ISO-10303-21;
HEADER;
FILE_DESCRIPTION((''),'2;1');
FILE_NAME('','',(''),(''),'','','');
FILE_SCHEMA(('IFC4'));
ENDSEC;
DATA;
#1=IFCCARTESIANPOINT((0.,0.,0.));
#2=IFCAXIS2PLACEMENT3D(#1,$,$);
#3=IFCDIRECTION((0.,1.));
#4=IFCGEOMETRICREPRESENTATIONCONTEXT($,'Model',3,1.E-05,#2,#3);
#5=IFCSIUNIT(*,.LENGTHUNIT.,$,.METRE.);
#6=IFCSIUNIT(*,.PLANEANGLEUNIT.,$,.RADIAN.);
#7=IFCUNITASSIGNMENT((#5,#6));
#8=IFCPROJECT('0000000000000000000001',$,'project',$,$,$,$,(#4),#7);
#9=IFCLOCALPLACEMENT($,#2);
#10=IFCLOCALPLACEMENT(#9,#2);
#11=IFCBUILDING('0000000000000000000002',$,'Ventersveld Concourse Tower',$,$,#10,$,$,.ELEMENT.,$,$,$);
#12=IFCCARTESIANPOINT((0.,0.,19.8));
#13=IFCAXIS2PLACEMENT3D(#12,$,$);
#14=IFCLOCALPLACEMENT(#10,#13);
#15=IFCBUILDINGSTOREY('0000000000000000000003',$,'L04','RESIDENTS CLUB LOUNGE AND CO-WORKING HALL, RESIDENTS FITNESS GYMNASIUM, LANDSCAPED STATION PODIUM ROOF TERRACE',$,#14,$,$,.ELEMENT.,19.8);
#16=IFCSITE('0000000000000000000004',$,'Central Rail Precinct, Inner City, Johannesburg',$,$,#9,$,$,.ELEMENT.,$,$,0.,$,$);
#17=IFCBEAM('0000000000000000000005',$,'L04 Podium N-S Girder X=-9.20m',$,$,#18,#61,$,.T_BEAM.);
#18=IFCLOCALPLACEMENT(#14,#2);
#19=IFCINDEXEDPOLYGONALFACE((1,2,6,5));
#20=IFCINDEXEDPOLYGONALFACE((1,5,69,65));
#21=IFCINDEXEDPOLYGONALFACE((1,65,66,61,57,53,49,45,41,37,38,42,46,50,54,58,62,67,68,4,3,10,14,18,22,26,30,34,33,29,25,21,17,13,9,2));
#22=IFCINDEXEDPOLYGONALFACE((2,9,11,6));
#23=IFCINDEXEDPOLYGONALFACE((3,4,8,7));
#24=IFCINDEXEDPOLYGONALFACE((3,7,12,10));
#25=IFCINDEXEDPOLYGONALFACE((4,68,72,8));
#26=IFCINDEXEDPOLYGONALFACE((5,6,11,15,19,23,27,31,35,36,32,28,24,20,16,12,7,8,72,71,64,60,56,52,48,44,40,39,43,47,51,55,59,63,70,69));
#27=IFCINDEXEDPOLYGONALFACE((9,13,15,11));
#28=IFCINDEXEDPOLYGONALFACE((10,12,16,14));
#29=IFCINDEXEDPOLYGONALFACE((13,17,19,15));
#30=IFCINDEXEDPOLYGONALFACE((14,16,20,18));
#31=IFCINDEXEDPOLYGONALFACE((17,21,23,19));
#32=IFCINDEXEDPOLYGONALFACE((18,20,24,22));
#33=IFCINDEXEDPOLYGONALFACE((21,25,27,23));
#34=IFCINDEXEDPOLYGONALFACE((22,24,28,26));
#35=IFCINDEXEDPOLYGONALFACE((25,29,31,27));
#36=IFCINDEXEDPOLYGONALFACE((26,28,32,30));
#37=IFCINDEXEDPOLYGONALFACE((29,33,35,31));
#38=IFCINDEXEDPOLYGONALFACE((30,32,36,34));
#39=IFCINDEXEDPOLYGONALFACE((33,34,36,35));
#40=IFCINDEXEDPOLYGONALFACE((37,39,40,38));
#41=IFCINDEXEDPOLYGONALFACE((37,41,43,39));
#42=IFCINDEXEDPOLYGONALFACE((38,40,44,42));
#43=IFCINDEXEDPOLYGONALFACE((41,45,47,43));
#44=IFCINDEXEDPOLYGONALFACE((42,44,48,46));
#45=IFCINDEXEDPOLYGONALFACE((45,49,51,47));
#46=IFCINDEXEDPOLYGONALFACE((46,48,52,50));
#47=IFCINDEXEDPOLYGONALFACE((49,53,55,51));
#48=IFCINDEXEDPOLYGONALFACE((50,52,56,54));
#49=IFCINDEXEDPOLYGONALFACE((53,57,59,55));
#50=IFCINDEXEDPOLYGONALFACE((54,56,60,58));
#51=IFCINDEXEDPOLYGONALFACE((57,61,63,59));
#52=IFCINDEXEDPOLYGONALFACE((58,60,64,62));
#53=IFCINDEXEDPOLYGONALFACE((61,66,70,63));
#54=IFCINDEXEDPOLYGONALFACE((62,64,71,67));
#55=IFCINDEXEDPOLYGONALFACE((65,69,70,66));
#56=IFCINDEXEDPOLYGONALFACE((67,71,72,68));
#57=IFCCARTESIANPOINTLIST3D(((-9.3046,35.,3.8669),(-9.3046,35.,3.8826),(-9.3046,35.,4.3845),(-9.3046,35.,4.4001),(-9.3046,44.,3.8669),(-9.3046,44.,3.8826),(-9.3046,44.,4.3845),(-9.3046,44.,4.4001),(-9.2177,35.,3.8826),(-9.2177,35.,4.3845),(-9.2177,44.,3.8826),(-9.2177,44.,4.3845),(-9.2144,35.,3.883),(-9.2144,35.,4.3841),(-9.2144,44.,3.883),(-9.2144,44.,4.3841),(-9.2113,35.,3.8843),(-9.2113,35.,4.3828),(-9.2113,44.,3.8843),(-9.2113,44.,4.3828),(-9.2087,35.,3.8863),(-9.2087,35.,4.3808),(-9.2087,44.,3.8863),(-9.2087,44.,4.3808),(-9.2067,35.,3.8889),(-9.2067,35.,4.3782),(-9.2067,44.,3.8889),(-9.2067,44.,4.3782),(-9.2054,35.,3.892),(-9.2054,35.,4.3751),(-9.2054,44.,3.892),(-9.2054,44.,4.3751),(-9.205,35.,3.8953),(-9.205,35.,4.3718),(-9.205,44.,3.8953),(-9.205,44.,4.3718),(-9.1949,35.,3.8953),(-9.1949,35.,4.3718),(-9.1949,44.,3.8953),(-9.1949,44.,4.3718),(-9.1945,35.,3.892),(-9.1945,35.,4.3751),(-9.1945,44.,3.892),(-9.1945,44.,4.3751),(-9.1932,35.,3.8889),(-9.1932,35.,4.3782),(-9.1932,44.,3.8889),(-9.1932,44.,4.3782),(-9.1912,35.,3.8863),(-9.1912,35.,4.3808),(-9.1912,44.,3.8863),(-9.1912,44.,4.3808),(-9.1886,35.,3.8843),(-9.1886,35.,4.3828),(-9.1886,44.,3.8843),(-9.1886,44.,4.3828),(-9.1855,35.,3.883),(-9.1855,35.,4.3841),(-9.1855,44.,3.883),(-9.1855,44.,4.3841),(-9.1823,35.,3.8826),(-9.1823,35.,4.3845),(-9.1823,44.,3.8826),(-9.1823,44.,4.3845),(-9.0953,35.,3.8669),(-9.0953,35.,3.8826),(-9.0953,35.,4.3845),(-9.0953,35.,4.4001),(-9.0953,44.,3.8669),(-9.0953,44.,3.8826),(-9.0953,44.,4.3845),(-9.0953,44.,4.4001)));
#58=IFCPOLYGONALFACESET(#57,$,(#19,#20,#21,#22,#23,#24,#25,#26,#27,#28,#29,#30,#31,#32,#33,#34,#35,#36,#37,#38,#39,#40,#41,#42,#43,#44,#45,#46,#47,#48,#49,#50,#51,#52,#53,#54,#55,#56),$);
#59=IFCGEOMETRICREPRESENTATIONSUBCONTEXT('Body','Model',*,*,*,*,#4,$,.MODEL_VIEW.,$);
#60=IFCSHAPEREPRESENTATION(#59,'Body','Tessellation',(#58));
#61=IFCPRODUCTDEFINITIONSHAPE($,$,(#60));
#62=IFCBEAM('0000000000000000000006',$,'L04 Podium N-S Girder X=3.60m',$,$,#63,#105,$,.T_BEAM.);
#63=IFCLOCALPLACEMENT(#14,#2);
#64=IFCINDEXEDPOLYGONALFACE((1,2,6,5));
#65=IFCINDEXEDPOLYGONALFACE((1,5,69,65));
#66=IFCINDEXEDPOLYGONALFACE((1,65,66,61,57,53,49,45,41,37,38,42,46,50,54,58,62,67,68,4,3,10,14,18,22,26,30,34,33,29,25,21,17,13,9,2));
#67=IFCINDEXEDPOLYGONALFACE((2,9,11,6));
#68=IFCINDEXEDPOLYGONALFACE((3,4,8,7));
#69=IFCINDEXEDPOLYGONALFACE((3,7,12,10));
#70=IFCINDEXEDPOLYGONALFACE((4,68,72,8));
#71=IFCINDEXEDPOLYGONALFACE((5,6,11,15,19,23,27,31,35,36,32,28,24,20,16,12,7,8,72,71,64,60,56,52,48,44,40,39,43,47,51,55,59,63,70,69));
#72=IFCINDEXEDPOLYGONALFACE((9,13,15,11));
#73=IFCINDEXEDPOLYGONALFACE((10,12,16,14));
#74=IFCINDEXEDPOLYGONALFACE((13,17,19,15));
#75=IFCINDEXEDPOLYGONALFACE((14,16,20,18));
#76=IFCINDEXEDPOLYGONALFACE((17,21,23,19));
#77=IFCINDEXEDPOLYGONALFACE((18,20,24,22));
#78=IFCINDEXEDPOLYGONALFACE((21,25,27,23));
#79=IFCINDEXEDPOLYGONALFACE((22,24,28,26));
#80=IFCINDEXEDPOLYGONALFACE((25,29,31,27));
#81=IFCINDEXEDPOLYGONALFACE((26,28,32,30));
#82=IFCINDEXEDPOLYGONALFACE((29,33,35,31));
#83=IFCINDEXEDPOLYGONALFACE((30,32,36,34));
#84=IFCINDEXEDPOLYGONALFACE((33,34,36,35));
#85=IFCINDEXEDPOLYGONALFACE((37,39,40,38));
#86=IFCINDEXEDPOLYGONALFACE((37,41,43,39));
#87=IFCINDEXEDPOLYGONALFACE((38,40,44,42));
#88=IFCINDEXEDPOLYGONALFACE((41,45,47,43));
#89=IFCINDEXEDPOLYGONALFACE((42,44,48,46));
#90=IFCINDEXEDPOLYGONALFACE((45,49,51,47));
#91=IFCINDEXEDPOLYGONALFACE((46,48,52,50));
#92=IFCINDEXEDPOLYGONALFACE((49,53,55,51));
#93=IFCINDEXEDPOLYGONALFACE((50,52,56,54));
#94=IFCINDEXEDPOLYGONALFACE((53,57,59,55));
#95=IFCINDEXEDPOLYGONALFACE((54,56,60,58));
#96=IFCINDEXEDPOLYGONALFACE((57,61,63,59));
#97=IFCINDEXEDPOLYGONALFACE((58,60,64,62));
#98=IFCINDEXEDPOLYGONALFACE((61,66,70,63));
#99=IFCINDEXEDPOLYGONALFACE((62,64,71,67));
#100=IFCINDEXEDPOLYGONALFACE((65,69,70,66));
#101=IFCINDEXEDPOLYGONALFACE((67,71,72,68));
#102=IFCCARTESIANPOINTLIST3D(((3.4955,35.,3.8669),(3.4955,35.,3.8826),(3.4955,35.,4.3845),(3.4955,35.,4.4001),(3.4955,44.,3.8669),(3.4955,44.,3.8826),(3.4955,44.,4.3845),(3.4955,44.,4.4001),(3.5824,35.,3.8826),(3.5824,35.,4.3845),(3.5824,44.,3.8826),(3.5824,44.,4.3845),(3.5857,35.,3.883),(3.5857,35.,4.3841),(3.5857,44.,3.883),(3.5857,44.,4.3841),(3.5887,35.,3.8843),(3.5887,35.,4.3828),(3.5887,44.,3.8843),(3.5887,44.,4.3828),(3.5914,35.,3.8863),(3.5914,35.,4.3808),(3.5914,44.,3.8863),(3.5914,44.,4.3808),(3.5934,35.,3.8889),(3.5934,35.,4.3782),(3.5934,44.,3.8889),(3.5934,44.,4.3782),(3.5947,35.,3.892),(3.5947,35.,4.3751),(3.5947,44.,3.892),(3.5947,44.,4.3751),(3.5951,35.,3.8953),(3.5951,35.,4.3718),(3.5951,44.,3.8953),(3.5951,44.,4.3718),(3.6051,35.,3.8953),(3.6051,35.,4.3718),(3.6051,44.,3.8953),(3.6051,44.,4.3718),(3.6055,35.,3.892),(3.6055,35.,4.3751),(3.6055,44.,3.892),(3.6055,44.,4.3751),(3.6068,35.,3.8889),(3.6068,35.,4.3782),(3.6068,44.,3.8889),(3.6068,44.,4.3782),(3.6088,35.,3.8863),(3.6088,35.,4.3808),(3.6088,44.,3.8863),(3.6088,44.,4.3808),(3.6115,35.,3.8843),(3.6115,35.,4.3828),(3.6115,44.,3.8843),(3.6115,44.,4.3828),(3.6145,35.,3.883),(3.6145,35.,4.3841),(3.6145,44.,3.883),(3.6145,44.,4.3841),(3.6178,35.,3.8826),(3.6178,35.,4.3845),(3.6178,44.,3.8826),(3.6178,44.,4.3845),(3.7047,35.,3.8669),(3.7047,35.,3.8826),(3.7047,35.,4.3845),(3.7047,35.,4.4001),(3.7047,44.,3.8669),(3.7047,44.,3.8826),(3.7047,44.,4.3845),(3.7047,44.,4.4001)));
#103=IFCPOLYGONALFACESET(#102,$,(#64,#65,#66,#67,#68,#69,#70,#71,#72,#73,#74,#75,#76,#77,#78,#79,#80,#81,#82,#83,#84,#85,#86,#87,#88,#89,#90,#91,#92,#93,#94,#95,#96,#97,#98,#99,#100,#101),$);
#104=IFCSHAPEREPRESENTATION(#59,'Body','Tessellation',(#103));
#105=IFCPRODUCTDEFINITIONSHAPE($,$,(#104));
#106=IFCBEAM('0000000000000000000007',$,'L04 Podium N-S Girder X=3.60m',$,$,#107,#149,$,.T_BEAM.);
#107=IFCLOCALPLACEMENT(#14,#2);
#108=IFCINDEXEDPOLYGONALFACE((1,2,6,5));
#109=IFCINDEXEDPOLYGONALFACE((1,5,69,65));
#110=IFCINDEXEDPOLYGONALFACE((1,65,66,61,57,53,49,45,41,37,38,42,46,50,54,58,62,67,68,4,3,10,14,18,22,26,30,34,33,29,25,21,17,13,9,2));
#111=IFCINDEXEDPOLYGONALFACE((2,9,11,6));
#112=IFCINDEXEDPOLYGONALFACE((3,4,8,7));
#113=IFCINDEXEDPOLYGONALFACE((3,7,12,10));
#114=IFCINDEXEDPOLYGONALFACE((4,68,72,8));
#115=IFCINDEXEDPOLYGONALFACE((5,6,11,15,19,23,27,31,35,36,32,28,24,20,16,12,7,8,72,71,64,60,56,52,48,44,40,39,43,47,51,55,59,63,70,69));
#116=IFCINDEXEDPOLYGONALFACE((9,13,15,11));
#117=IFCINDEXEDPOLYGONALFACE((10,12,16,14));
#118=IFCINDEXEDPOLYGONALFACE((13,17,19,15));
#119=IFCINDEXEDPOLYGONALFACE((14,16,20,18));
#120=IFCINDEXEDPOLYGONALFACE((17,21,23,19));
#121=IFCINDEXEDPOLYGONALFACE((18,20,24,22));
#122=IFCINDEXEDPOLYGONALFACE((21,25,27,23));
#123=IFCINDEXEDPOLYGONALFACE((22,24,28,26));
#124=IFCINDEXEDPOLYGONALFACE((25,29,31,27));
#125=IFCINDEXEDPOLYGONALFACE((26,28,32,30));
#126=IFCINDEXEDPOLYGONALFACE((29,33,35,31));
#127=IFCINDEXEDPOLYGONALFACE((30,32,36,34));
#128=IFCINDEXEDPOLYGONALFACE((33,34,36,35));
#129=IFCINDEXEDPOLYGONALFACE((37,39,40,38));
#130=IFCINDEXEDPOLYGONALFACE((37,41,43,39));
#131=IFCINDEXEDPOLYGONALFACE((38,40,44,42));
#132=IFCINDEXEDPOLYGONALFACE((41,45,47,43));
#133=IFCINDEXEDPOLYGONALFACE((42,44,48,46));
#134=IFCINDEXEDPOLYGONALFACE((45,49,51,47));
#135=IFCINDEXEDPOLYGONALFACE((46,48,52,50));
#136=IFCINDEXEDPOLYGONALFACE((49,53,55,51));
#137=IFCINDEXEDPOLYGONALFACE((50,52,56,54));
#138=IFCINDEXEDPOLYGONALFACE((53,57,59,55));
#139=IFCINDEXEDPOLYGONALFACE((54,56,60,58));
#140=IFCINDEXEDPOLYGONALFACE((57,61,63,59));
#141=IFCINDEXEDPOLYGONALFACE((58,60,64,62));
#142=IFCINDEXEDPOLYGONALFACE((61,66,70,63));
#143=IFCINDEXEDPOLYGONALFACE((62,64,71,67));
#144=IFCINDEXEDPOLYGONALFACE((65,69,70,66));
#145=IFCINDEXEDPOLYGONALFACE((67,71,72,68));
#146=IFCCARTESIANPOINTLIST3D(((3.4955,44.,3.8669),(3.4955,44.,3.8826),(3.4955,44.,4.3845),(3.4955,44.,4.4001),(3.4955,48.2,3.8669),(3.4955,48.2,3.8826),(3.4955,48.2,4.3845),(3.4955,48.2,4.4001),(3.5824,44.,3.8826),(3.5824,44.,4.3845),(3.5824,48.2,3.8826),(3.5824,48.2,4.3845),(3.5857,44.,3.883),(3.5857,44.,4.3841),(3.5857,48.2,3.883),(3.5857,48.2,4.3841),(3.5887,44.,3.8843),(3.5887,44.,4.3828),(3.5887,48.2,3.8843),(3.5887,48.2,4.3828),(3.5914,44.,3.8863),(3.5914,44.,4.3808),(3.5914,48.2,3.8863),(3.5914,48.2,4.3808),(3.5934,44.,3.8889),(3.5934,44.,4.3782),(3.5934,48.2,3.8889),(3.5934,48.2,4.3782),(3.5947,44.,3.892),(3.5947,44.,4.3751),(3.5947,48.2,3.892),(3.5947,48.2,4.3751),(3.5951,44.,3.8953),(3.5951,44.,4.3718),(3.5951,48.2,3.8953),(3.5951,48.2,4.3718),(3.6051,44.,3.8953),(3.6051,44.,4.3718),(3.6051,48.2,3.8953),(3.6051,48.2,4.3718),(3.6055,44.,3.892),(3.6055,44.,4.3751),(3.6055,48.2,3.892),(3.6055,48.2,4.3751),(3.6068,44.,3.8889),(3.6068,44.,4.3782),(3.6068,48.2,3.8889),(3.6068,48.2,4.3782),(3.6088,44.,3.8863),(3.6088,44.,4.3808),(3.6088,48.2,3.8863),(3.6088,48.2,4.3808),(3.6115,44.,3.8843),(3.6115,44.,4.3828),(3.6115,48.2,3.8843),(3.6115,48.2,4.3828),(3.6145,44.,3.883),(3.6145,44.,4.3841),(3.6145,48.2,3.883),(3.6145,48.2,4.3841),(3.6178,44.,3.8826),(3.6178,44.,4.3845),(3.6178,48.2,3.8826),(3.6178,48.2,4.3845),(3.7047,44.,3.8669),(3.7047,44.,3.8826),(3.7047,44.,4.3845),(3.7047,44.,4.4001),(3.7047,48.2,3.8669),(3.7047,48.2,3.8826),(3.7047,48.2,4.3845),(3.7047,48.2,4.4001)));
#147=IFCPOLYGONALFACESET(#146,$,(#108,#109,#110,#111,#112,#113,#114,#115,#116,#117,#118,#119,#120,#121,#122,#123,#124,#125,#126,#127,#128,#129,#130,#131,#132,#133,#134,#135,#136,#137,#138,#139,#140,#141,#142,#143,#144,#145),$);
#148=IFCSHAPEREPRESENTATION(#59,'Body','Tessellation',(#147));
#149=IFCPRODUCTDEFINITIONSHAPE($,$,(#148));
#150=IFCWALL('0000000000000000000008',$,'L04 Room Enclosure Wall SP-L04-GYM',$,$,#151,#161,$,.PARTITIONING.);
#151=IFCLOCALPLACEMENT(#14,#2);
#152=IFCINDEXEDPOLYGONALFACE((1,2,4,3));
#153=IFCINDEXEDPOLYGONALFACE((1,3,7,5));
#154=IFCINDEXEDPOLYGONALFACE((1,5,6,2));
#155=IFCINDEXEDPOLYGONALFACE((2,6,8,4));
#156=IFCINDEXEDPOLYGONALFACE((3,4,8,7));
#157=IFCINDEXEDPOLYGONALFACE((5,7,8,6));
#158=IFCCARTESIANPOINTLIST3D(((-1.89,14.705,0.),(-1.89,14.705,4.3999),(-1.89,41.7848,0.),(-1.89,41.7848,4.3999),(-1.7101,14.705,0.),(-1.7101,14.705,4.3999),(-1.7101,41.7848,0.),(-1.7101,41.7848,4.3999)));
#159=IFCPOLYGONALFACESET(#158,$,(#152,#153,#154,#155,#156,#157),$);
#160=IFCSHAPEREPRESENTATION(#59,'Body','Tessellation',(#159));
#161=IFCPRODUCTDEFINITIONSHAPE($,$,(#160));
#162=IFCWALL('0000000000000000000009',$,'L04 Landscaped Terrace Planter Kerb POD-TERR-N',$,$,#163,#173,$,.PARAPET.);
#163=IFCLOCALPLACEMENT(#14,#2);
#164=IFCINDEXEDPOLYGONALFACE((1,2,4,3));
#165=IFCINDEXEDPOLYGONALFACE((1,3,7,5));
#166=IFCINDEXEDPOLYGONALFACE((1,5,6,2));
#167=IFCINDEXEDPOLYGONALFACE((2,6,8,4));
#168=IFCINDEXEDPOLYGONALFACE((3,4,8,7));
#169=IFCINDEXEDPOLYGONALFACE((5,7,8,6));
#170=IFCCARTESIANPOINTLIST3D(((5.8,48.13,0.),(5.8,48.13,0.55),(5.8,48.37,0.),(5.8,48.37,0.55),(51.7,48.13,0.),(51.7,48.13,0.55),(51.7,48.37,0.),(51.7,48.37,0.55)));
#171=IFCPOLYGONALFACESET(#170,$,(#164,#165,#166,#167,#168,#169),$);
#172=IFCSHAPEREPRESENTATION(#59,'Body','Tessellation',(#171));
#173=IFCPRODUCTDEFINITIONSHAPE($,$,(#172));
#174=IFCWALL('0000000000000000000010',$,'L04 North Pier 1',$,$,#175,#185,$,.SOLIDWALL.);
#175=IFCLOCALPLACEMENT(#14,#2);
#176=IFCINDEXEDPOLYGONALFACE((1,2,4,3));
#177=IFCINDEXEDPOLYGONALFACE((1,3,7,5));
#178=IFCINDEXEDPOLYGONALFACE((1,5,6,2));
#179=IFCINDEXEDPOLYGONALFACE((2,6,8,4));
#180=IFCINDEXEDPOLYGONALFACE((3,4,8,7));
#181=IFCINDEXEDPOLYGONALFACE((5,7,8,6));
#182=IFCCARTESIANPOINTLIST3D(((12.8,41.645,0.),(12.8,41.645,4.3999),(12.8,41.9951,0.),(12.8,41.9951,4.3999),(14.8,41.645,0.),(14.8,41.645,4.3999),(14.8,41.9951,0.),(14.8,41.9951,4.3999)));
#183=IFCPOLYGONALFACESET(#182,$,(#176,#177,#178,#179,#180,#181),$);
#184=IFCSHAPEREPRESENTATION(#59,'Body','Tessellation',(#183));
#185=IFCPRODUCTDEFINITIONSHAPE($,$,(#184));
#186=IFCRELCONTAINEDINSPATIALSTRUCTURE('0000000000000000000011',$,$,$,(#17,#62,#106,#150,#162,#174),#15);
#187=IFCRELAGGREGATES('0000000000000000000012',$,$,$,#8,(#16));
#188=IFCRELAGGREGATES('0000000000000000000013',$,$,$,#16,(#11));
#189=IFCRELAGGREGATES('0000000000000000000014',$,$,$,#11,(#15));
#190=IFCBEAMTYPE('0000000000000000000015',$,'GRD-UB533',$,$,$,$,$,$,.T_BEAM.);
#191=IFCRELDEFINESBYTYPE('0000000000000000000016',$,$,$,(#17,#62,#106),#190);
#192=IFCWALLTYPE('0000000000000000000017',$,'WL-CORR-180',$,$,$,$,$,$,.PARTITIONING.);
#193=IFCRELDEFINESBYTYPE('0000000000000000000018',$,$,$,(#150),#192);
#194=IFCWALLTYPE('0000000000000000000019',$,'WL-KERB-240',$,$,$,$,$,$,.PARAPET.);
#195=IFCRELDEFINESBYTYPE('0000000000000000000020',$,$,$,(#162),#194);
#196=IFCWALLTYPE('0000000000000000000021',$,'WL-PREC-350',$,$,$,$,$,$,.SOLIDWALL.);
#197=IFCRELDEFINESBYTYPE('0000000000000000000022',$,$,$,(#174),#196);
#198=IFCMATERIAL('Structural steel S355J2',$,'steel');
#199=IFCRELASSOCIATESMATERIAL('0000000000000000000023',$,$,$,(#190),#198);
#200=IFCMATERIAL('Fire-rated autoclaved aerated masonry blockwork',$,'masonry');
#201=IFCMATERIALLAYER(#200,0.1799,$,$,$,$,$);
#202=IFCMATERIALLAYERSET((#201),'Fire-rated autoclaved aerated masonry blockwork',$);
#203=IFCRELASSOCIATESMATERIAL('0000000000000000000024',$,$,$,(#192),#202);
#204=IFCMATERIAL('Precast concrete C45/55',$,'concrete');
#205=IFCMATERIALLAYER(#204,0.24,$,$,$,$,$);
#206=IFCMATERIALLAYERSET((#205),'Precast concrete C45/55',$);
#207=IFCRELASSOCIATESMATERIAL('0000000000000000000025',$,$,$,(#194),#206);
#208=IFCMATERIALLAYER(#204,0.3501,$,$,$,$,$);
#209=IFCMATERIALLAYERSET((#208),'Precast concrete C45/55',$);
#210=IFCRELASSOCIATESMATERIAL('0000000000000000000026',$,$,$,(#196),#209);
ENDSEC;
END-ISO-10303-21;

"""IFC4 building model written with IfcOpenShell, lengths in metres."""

from ifc_helpers import new_model, si_unit, direction, frame, frame_2d, origin, origin_2d, place, context, subcontext, project, spatial, rectangle, i_section, extrude, material, layer, layer_set, material_profile, profile_set, type_object, element, save


model = new_model("IFC4")

# Units and contexts
model_context = context("Model", 3, precision=1e-05, world=origin(), true_north=direction((0.0, 1.0)))
body_context = subcontext(model_context, "Body", "Model", "MODEL_VIEW")
ifc_project = project(units=[si_unit("LENGTHUNIT", "METRE"), si_unit("PLANEANGLEUNIT", "RADIAN")], contexts=[model_context])

# Site, building, storey
site_placement = place(None, origin())
site = spatial("IfcSite", under=ifc_project, at=site_placement, Name="Central Rail Precinct, Inner City, Johannesburg", CompositionType="ELEMENT", RefElevation=0.0)
building_placement = place(site_placement, origin())
building = spatial("IfcBuilding", under=site, at=building_placement, Name="Ventersveld Concourse Tower", CompositionType="ELEMENT")
storey_placement = place(building_placement, frame((0.0, 0.0, 19.8)))
storey = spatial("IfcBuildingStorey", under=building, at=storey_placement, Name="L04", Description="RESIDENTS CLUB LOUNGE AND CO-WORKING HALL, RESIDENTS FITNESS GYMNASIUM, LANDSCAPED STATION PODIUM ROOF TERRACE", CompositionType="ELEMENT", Elevation=19.8)

# Beams
ifc_material_1 = material(Name="Structural steel S355J2", Category="steel")
ifc_material_profile_1 = material_profile(ifc_material_1, i_section(OverallWidth=0.2092, OverallDepth=0.5332, WebThickness=0.01, FlangeThickness=0.0156, FilletRadius=0.0127, at=origin_2d()), Name="UB 533x210x92")
ifc_profile_set_1 = profile_set([ifc_material_profile_1], Name="Structural steel S355J2")
beam_type_1 = type_object("IfcBeamType", Name="GRD-UB533", PredefinedType="T_BEAM", material=ifc_profile_set_1)
for number, where, z_axis, x_axis, name in (
    (1, (-9.2, 35.0, 4.1335), (0.0, 1.0, 0.0), (-1.0, 0.0, 0.0), "L04 Podium N-S Girder X=-9.20m"),
    (2, (3.6001, 35.0, 4.1335), (0.0, 1.0, 0.0), (-1.0, 0.0, 0.0), "L04 Podium N-S Girder X=3.60m"),
):
    element("IfcBeam", number, at=place(storey_placement, frame(where, z_axis=z_axis, x_axis=x_axis)), inside=storey, type_object=beam_type_1, Name=name, PredefinedType="T_BEAM", context=body_context, shape_type="SweptSolid", body=[
        extrude(i_section(OverallWidth=0.2092, OverallDepth=0.5332, WebThickness=0.01, FlangeThickness=0.0156, FilletRadius=0.0127, at=origin_2d()), origin(), (0.0, 0.0, 1.0), 9.0),
    ])
beam_1_placement = place(storey_placement, frame((3.6001, 44.0, 4.1335), z_axis=(0.0, 1.0, 0.0), x_axis=(-1.0, 0.0, 0.0)))
element("IfcBeam", 3, at=beam_1_placement, inside=storey, type_object=beam_type_1, Name="L04 Podium N-S Girder X=3.60m", PredefinedType="T_BEAM", context=body_context, shape_type="SweptSolid", body=[
    extrude(i_section(OverallWidth=0.2092, OverallDepth=0.5332, WebThickness=0.01, FlangeThickness=0.0156, FilletRadius=0.0127, at=origin_2d()), origin(), (0.0, 0.0, 1.0), 4.2),
])

# Walls
ifc_material_2 = material(Name="Fire-rated autoclaved aerated masonry blockwork", Category="masonry")
ifc_layer_1 = layer(ifc_material_2, 0.1799)
ifc_layer_set_1 = layer_set([ifc_layer_1], Name="Fire-rated autoclaved aerated masonry blockwork")
wall_type_1 = type_object("IfcWallType", Name="WL-CORR-180", PredefinedType="PARTITIONING", material=ifc_layer_set_1)
wall_1_placement = place(storey_placement, frame((-1.8, 41.7849, 0.0), z_axis=(0.0, 0.0, 1.0), x_axis=(0.0, -1.0, 0.0)))
element("IfcWall", 4, at=wall_1_placement, inside=storey, type_object=wall_type_1, Name="L04 Room Enclosure Wall SP-L04-GYM", PredefinedType="PARTITIONING", context=body_context, shape_type="SweptSolid", body=[
    extrude(rectangle(XDim=27.0798, YDim=0.1799, at=frame_2d((13.54, 0.0))), origin(), (0.0, 0.0, 1.0), 4.3999),
])
ifc_material_3 = material(Name="Precast concrete C45/55", Category="concrete")
ifc_layer_2 = layer(ifc_material_3, 0.24)
ifc_layer_set_2 = layer_set([ifc_layer_2], Name="Precast concrete C45/55")
wall_type_2 = type_object("IfcWallType", Name="WL-KERB-240", PredefinedType="PARAPET", material=ifc_layer_set_2)
wall_2_placement = place(storey_placement, frame((5.8, 48.25, 0.0), z_axis=(0.0, 0.0, 1.0), x_axis=(1.0, 0.0, 0.0)))
element("IfcWall", 5, at=wall_2_placement, inside=storey, type_object=wall_type_2, Name="L04 Landscaped Terrace Planter Kerb POD-TERR-N", PredefinedType="PARAPET", context=body_context, shape_type="SweptSolid", body=[
    extrude(rectangle(XDim=45.8999, YDim=0.24, at=frame_2d((22.95, 0.0))), origin(), (0.0, 0.0, 1.0), 0.55),
])
ifc_layer_3 = layer(ifc_material_3, 0.3501)
ifc_layer_set_3 = layer_set([ifc_layer_3], Name="Precast concrete C45/55")
wall_type_3 = type_object("IfcWallType", Name="WL-PREC-350", PredefinedType="SOLIDWALL", material=ifc_layer_set_3)
wall_3_placement = place(storey_placement, frame((12.8, 41.8201, 0.0), z_axis=(0.0, 0.0, 1.0), x_axis=(1.0, 0.0, 0.0)))
element("IfcWall", 6, at=wall_3_placement, inside=storey, type_object=wall_type_3, Name="L04 North Pier 1", PredefinedType="SOLIDWALL", context=body_context, shape_type="SweptSolid", body=[
    extrude(rectangle(XDim=2.0, YDim=0.3501, at=frame_2d((1.0, 0.0))), origin(), (0.0, 0.0, 1.0), 4.3999),
])

save(model, "model.ifc")
